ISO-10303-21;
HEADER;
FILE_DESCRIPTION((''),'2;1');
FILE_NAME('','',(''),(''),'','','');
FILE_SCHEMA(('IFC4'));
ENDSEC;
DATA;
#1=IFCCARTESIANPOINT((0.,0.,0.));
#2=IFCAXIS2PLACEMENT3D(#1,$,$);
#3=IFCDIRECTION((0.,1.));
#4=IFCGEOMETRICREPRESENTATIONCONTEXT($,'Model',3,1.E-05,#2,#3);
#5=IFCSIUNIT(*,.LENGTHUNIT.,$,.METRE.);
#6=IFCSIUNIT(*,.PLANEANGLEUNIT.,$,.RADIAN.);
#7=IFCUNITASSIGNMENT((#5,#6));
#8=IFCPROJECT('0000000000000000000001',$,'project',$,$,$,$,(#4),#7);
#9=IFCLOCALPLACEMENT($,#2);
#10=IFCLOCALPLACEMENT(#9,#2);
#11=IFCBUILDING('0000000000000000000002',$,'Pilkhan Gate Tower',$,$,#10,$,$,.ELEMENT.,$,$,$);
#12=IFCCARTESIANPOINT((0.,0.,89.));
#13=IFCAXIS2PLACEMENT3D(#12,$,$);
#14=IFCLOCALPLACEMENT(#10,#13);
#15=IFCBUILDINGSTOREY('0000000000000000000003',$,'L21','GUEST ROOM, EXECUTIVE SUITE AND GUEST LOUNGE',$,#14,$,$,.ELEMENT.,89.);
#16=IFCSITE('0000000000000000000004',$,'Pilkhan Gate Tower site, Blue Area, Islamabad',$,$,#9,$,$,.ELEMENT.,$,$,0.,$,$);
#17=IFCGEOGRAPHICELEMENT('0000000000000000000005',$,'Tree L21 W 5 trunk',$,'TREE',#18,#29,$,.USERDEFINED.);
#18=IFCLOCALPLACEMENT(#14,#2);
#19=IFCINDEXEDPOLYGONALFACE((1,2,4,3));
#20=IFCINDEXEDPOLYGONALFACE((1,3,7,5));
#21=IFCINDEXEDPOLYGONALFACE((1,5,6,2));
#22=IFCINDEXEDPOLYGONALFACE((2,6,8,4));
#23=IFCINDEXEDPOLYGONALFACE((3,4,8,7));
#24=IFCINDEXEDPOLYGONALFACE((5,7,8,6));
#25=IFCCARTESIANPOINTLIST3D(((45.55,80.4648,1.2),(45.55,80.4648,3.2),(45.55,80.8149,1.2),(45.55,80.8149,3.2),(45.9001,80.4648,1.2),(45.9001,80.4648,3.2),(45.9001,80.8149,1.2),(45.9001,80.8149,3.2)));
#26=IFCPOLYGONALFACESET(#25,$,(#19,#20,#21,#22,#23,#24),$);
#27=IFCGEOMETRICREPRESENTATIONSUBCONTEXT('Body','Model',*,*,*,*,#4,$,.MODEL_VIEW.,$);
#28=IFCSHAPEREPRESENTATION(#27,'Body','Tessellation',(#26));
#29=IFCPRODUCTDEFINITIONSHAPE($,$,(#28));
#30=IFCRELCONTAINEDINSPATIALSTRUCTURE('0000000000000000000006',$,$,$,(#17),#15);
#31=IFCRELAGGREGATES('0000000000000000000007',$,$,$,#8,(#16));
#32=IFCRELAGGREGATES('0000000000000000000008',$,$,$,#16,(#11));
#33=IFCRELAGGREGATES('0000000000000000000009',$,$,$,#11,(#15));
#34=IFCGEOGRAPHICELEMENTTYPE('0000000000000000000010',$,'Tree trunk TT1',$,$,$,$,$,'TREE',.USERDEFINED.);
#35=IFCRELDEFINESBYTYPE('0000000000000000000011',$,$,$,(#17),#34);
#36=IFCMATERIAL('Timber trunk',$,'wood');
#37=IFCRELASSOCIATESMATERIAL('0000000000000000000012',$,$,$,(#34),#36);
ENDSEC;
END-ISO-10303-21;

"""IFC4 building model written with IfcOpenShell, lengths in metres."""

from ifc_helpers import new_model, si_unit, direction, frame, origin, origin_2d, place, context, subcontext, project, spatial, rectangle, extrude, material, type_object, element, save


model = new_model("IFC4")

# Units and contexts
model_context = context("Model", 3, precision=1e-05, world=origin(), true_north=direction((0.0, 1.0)))
body_context = subcontext(model_context, "Body", "Model", "MODEL_VIEW")
ifc_project = project(units=[si_unit("LENGTHUNIT", "METRE"), si_unit("PLANEANGLEUNIT", "RADIAN")], contexts=[model_context])

# Site, building, storey
site_placement = place(None, origin())
site = spatial("IfcSite", under=ifc_project, at=site_placement, Name="Pilkhan Gate Tower site, Blue Area, Islamabad", CompositionType="ELEMENT", RefElevation=0.0)
building_placement = place(site_placement, origin())
building = spatial("IfcBuilding", under=site, at=building_placement, Name="Pilkhan Gate Tower", CompositionType="ELEMENT")
storey_placement = place(building_placement, frame((0.0, 0.0, 89.0)))
storey = spatial("IfcBuildingStorey", under=building, at=storey_placement, Name="L21", Description="GUEST ROOM, EXECUTIVE SUITE AND GUEST LOUNGE", CompositionType="ELEMENT", Elevation=89.0)

# Geographic element
ifc_material_1 = material(Name="Timber trunk", Category="wood")
geographic_element_type_1 = type_object("IfcGeographicElementType", Name="Tree trunk TT1", ElementType="TREE", PredefinedType="USERDEFINED", material=ifc_material_1)
for number, where, z_axis, x_axis, name in (
    (1, (45.7251, 80.6399, 1.2), (0.0, 0.0, 1.0), (1.0, 0.0, 0.0), "Tree L21 W 5 trunk"),
):
    element("IfcGeographicElement", number, at=place(storey_placement, frame(where, z_axis=z_axis, x_axis=x_axis)), inside=storey, type_object=geographic_element_type_1, Name=name, ObjectType="TREE", PredefinedType="USERDEFINED", context=body_context, shape_type="SweptSolid", body=[
        extrude(rectangle(XDim=0.3501, YDim=0.3501, at=origin_2d()), origin(), (0.0, 0.0, 1.0), 2.0),
    ])

save(model, "model.ifc")
